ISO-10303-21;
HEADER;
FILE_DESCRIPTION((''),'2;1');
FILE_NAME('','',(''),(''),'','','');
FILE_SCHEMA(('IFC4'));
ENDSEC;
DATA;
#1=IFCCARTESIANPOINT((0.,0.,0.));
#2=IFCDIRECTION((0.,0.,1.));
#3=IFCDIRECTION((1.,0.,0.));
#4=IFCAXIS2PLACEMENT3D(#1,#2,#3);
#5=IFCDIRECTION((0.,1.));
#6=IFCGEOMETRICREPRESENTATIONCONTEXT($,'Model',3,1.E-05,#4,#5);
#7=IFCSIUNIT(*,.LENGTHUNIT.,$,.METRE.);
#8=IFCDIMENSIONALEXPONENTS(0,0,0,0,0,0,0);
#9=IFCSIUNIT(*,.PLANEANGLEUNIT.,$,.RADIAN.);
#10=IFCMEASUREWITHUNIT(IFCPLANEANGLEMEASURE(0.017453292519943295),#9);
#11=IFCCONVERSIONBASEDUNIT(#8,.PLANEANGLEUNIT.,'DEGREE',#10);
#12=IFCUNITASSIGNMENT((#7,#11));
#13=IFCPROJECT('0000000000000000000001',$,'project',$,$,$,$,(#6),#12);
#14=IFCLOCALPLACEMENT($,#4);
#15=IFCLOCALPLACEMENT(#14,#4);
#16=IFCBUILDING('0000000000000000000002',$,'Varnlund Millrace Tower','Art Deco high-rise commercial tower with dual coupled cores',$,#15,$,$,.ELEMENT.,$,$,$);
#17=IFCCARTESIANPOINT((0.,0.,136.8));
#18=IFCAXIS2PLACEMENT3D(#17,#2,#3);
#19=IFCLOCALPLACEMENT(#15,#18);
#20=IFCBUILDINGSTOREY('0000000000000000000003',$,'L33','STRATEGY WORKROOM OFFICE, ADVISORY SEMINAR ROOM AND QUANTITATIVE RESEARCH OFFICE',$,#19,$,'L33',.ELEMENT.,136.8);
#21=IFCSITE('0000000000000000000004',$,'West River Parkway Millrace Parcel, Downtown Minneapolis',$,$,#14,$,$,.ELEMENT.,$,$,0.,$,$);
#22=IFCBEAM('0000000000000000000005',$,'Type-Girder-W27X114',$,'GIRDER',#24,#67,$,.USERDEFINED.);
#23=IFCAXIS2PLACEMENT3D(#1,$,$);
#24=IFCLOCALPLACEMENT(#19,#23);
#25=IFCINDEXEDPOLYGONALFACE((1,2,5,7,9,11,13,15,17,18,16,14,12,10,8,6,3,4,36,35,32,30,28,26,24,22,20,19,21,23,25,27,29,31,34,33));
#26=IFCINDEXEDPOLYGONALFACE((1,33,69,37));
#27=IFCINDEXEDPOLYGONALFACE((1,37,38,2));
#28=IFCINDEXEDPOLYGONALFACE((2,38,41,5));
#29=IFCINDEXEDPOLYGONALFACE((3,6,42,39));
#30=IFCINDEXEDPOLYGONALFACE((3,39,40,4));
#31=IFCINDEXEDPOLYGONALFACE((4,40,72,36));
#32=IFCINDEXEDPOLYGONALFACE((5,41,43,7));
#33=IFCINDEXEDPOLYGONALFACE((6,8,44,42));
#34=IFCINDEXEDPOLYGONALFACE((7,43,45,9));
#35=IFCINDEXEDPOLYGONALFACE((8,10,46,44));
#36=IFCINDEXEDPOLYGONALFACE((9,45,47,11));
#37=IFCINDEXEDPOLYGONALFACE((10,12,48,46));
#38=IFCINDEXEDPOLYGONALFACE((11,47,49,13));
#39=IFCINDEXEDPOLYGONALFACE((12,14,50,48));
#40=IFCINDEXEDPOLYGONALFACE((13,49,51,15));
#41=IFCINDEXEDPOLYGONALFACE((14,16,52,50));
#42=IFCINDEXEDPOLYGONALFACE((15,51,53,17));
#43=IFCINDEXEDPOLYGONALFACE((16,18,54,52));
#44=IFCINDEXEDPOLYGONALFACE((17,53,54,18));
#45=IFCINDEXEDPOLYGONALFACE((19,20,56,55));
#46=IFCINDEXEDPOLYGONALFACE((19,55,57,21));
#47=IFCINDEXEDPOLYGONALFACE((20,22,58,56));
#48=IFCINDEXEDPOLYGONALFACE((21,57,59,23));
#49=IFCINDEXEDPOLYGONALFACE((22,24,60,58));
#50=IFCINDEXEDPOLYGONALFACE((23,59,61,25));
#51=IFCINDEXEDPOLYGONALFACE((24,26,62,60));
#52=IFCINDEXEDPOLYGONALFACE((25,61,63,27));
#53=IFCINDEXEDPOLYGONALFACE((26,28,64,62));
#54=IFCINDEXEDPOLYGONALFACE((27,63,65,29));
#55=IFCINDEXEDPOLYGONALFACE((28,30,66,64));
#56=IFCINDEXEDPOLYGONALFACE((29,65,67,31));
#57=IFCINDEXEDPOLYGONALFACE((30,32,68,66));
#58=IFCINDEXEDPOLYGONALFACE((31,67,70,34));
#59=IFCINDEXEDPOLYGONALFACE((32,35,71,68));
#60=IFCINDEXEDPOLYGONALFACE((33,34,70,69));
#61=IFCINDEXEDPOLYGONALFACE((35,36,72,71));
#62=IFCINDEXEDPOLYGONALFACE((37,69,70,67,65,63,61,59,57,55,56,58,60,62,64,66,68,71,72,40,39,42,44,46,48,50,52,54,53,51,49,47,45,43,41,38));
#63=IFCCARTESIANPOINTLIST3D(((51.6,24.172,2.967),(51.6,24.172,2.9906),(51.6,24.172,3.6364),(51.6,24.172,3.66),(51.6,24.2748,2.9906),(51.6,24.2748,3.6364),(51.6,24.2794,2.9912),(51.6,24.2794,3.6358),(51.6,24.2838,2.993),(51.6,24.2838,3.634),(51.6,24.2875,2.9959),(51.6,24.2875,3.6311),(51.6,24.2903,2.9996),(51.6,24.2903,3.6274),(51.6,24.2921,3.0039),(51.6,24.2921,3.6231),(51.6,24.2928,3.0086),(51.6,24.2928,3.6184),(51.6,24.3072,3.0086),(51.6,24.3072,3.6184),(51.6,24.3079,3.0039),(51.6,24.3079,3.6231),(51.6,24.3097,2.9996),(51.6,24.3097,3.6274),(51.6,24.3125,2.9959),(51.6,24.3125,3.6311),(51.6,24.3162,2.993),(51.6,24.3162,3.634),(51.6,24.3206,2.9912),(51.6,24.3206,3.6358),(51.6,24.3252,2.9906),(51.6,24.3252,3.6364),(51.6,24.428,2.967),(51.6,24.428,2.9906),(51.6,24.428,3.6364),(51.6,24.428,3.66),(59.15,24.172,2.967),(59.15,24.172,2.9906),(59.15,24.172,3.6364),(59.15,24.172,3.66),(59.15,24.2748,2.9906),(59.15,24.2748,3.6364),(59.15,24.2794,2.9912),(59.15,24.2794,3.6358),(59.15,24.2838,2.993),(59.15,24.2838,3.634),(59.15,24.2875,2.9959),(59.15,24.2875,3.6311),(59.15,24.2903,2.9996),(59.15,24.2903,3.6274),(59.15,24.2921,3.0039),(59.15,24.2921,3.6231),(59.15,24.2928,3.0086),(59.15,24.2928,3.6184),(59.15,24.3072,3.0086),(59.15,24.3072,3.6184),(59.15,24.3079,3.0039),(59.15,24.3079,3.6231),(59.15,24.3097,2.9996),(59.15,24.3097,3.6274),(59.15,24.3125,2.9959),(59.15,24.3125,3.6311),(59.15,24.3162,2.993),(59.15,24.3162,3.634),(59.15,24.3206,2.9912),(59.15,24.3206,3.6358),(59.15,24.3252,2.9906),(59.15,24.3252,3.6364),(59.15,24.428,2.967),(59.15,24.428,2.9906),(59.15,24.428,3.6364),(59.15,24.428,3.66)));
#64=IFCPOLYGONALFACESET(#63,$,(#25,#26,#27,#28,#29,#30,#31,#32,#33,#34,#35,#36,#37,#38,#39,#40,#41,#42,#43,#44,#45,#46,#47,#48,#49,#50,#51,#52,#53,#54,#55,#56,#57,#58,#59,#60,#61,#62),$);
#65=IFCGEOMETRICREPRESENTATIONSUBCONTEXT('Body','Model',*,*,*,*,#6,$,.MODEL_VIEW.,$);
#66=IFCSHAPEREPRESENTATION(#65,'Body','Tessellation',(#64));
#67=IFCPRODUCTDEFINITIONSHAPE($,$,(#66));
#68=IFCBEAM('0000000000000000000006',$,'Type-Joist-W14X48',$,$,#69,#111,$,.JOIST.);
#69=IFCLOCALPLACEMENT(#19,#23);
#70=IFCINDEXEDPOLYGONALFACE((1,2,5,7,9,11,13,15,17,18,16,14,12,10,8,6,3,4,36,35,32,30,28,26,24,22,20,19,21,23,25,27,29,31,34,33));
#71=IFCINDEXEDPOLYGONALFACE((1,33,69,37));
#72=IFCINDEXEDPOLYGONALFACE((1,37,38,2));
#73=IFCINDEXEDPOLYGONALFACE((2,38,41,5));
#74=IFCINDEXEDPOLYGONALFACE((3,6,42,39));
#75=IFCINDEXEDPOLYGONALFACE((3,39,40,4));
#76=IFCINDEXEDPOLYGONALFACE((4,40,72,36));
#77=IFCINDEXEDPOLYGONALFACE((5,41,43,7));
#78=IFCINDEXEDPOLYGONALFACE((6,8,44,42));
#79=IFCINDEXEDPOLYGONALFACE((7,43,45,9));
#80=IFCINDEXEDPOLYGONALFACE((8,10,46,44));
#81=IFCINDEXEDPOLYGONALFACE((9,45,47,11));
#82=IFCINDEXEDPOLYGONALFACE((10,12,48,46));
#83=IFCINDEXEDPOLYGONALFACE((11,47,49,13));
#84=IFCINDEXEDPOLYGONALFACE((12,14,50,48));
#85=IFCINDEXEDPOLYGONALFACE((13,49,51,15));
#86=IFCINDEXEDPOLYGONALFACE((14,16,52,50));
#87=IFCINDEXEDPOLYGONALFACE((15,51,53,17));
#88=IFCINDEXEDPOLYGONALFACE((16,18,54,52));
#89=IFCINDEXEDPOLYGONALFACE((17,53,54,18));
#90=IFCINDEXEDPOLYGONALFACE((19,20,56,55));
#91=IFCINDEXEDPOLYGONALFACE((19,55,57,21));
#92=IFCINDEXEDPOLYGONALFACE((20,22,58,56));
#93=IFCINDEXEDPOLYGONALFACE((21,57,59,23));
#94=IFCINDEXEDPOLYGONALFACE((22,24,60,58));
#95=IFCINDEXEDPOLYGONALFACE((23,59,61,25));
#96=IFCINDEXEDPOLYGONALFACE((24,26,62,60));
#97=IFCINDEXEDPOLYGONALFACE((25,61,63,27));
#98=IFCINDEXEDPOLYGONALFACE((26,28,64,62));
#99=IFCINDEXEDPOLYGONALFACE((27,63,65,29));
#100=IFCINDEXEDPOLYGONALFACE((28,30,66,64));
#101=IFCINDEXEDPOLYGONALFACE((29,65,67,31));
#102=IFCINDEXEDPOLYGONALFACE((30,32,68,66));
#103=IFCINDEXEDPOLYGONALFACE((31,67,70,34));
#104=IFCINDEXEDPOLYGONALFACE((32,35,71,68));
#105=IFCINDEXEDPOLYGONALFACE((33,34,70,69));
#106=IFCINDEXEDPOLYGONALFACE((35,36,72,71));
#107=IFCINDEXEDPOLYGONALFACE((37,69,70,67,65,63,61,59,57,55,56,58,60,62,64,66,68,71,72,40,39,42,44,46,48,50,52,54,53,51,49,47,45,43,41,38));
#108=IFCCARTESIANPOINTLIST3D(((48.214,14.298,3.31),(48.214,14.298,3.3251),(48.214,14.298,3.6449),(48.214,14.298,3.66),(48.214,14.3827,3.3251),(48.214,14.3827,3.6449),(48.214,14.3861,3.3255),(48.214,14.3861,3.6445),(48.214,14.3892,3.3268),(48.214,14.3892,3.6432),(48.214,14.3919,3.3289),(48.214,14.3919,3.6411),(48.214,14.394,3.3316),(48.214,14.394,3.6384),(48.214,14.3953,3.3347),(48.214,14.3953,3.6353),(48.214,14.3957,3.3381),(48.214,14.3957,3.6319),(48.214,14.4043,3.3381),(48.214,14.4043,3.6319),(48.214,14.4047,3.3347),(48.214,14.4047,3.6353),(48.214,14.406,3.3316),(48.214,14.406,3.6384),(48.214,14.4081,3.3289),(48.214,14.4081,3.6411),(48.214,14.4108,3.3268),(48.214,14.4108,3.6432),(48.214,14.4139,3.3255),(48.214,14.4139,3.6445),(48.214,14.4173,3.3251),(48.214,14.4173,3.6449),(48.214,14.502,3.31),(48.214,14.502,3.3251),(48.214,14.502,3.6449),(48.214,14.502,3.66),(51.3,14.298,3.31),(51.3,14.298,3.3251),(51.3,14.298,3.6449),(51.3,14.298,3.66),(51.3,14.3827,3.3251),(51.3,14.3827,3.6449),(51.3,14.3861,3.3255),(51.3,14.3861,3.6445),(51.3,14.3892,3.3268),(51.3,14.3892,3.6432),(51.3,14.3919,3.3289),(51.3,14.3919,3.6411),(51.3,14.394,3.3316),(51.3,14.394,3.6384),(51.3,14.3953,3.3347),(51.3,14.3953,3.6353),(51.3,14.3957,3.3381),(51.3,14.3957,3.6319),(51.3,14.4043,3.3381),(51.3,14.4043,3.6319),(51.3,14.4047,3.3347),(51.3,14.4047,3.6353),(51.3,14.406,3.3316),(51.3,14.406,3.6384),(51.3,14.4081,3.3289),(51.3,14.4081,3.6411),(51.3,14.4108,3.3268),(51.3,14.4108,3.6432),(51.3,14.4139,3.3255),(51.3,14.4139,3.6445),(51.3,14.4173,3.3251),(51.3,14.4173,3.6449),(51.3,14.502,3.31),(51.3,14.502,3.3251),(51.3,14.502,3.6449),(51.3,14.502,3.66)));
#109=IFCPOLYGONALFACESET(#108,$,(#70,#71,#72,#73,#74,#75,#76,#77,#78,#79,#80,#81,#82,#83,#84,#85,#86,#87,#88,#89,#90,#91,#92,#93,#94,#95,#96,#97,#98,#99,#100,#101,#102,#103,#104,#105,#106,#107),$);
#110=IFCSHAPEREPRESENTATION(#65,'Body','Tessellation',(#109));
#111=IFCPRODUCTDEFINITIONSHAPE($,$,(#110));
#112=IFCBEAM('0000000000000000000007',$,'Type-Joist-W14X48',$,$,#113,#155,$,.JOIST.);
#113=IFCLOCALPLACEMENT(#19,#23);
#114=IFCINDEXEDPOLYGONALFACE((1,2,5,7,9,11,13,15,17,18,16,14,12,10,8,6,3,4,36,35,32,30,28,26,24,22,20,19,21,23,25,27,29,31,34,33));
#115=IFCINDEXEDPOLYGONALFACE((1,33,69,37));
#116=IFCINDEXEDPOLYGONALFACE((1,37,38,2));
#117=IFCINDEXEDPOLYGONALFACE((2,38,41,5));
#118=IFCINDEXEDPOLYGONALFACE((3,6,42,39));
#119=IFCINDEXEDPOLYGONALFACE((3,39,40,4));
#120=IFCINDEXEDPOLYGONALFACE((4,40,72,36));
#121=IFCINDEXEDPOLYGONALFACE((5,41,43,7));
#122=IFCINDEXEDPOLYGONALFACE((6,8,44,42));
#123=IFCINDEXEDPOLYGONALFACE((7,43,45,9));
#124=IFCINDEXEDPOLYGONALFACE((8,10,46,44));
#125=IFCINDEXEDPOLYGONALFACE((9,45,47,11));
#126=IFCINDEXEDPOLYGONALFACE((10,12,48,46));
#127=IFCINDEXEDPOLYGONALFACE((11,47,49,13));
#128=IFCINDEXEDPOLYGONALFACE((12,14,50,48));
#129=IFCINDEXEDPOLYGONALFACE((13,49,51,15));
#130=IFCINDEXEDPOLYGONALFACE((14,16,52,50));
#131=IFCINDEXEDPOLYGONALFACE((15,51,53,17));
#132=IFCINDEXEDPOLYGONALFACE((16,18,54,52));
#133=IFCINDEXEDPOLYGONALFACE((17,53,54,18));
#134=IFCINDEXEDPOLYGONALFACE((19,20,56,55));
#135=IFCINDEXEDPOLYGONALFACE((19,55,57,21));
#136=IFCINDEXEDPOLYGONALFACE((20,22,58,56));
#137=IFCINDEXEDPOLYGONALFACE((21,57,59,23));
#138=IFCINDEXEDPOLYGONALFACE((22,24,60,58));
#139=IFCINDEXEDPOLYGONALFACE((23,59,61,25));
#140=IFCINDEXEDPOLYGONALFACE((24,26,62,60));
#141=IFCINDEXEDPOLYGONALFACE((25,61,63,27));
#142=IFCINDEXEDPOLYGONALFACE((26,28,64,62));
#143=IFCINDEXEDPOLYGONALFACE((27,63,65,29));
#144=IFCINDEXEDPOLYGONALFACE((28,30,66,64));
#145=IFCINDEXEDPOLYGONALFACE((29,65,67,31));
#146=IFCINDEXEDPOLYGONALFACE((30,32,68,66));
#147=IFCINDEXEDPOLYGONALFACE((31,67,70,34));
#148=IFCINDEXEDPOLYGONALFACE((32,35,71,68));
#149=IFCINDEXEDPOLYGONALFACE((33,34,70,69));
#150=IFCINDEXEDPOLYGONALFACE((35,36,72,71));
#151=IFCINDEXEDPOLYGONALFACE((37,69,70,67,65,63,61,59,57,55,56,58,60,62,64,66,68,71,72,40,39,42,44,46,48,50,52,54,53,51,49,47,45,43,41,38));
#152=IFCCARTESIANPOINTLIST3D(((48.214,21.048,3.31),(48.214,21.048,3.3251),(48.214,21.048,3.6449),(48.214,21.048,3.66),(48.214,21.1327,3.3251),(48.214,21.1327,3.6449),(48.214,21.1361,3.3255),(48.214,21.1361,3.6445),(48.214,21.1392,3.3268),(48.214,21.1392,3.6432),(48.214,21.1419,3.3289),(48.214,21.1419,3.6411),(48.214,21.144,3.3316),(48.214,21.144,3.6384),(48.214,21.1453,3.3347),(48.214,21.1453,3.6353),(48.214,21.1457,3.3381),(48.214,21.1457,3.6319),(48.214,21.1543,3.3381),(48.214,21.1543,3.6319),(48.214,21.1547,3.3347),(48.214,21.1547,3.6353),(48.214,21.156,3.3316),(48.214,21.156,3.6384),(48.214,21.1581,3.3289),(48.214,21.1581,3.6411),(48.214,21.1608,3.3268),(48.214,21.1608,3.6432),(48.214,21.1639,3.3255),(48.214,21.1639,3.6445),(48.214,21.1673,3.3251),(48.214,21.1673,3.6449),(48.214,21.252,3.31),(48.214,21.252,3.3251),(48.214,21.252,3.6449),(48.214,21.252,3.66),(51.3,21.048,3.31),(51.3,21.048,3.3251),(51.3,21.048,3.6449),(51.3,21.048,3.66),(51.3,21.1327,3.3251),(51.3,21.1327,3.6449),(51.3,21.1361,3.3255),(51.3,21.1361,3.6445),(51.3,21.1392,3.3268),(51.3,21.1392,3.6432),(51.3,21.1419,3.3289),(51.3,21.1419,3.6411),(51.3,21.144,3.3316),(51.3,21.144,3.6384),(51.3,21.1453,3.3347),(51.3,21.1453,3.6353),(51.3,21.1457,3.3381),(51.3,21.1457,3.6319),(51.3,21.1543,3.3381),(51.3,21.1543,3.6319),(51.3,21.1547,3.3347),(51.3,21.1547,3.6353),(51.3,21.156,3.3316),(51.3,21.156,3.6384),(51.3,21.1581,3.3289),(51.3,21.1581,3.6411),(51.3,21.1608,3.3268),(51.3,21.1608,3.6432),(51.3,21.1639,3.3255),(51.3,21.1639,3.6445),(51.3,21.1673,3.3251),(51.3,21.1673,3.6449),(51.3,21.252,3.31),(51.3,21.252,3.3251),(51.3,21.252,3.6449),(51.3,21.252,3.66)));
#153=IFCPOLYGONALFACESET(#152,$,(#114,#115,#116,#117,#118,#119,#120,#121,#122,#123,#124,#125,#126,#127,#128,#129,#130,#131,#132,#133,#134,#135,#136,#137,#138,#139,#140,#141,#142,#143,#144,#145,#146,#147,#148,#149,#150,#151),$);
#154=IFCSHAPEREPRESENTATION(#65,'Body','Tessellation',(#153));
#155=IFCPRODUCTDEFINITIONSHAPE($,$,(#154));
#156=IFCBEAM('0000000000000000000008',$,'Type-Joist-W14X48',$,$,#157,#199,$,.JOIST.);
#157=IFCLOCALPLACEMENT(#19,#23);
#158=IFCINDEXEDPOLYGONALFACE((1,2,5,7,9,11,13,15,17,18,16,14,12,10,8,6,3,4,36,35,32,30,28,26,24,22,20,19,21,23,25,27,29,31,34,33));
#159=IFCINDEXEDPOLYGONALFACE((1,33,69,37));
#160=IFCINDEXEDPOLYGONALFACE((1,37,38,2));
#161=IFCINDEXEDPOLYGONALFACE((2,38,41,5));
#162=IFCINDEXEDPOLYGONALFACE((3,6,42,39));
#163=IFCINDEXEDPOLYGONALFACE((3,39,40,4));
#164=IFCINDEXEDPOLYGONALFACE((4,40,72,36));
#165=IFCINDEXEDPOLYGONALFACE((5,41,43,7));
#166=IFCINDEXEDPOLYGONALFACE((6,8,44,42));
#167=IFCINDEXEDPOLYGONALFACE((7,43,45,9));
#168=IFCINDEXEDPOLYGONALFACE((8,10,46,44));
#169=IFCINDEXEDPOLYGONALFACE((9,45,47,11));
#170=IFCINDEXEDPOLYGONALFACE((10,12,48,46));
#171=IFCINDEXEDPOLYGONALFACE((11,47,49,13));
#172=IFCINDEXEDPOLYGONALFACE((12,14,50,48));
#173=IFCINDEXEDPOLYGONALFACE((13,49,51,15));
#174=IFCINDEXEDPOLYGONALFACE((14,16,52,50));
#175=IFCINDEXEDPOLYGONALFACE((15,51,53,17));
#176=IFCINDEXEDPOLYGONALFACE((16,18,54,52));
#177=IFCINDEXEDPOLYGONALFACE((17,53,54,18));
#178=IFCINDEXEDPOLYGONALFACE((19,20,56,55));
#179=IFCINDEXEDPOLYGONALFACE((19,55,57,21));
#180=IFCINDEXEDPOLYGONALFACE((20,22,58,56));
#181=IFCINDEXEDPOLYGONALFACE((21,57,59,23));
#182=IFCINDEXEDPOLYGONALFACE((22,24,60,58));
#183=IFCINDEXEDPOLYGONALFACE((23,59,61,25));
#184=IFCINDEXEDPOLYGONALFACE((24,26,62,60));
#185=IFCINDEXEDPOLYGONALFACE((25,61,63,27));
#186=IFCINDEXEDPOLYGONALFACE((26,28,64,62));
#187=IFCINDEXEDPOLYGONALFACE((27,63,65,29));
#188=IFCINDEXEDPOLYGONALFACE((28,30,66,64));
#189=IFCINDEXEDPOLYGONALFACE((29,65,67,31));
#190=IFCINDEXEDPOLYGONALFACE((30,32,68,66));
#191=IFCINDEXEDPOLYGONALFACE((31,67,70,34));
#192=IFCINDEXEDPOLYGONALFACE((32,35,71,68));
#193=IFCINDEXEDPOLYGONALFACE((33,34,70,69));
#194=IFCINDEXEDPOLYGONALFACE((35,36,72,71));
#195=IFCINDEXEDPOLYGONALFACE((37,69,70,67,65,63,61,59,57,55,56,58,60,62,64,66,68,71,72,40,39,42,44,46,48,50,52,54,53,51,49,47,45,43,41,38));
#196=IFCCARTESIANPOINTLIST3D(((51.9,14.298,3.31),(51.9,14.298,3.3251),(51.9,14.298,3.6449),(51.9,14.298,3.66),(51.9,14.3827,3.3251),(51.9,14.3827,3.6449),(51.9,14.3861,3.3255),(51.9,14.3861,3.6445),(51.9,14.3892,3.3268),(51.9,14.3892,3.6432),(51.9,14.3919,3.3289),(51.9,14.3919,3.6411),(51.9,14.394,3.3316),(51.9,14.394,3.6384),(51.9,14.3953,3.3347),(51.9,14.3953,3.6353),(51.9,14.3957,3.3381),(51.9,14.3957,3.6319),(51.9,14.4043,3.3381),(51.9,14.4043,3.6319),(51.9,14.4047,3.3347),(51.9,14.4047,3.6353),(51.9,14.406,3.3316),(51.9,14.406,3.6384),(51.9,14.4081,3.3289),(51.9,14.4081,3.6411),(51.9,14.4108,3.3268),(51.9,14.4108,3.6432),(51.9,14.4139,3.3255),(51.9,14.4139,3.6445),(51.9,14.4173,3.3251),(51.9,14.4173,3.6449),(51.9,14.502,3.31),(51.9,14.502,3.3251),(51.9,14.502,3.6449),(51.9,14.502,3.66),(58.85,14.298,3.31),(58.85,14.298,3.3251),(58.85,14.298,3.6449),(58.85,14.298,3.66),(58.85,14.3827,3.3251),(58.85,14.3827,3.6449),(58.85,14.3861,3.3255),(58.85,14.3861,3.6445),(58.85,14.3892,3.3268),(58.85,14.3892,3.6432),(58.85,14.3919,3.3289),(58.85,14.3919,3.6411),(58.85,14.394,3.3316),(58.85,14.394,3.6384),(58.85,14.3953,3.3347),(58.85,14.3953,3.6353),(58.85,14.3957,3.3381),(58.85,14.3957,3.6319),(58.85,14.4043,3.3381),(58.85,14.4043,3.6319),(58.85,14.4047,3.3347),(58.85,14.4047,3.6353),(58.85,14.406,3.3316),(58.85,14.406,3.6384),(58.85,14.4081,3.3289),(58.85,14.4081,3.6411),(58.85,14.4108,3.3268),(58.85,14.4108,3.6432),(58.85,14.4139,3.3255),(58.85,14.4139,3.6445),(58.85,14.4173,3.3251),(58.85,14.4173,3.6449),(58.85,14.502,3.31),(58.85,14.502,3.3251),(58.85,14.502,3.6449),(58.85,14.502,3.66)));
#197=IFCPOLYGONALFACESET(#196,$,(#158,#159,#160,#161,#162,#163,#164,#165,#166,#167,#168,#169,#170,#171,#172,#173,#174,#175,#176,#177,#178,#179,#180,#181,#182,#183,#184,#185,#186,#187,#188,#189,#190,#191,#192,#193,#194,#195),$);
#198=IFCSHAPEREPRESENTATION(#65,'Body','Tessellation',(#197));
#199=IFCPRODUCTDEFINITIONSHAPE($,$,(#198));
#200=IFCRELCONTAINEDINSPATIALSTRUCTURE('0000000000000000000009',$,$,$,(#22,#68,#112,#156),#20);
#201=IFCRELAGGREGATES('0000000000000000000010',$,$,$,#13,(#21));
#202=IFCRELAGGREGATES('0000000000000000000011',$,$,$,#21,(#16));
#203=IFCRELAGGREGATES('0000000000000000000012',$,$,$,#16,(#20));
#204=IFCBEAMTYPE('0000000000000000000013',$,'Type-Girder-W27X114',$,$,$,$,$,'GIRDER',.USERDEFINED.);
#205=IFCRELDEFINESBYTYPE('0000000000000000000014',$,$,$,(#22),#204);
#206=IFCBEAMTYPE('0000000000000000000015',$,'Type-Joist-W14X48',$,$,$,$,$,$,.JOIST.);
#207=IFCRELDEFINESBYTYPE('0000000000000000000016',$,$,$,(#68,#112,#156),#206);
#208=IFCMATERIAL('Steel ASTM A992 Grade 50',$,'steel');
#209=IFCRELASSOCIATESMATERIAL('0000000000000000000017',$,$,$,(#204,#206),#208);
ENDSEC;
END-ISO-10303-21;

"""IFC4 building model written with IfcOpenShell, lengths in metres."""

from ifc_helpers import new_model, entity, si_unit, converted_unit, direction, frame, origin_with_axes, origin_2d_with_axis, place, context, subcontext, project, spatial, i_section, extrude, material, material_profile, profile_set, type_object, element, save


model = new_model("IFC4")

# Units and contexts
model_context = context("Model", 3, precision=1e-05, world=origin_with_axes(), true_north=direction((0.0, 1.0)))
body_context = subcontext(model_context, "Body", "Model", "MODEL_VIEW")
ifc_project = project(units=[si_unit("LENGTHUNIT", "METRE"), converted_unit("PLANEANGLEUNIT", "DEGREE", entity("IfcPlaneAngleMeasure", 0.017453292519943295), si_unit("PLANEANGLEUNIT", "RADIAN"), dimensions=[0, 0, 0, 0, 0, 0, 0])], contexts=[model_context])

# Site, building, storey
site_placement = place(None, origin_with_axes())
site = spatial("IfcSite", under=ifc_project, at=site_placement, Name="West River Parkway Millrace Parcel, Downtown Minneapolis", CompositionType="ELEMENT", RefElevation=0.0)
building_placement = place(site_placement, origin_with_axes())
building = spatial("IfcBuilding", under=site, at=building_placement, Name="Varnlund Millrace Tower", Description="Art Deco high-rise commercial tower with dual coupled cores", CompositionType="ELEMENT")
storey_placement = place(building_placement, frame((0.0, 0.0, 136.8), z_axis=(0.0, 0.0, 1.0), x_axis=(1.0, 0.0, 0.0)))
storey = spatial("IfcBuildingStorey", under=building, at=storey_placement, Name="L33", Description="STRATEGY WORKROOM OFFICE, ADVISORY SEMINAR ROOM AND QUANTITATIVE RESEARCH OFFICE", LongName="L33", CompositionType="ELEMENT", Elevation=136.8)

# Beams
ifc_material_1 = material(Name="Steel ASTM A992 Grade 50", Category="steel")
ifc_material_profile_1 = material_profile(ifc_material_1, i_section(OverallWidth=0.256, OverallDepth=0.693, WebThickness=0.0145, FlangeThickness=0.0236, FilletRadius=0.018, at=origin_2d_with_axis()), Name="Steel ASTM A992 Grade 50")
ifc_profile_set_1 = profile_set([ifc_material_profile_1], Name="Steel ASTM A992 Grade 50")
beam_type_1 = type_object("IfcBeamType", Name="Type-Girder-W27X114", ElementType="GIRDER", PredefinedType="USERDEFINED", material=ifc_profile_set_1)
beam_1_placement = place(storey_placement, frame((51.6, 24.3, 3.3135), z_axis=(1.0, 0.0, 0.0), x_axis=(0.0, 1.0, 0.0)))
element("IfcBeam", 1, at=beam_1_placement, inside=storey, type_object=beam_type_1, Name="Type-Girder-W27X114", ObjectType="GIRDER", PredefinedType="USERDEFINED", context=body_context, shape_type="SweptSolid", body=[
    extrude(i_section(OverallWidth=0.256, OverallDepth=0.693, WebThickness=0.0145, FlangeThickness=0.0236, FilletRadius=0.018, at=origin_2d_with_axis()), origin_with_axes(), (0.0, 0.0, 1.0), 7.55),
])
ifc_material_profile_2 = material_profile(ifc_material_1, i_section(OverallWidth=0.204, OverallDepth=0.35, WebThickness=0.0086, FlangeThickness=0.0151, FilletRadius=0.013, at=origin_2d_with_axis()), Name="Steel ASTM A992 Grade 50")
ifc_profile_set_2 = profile_set([ifc_material_profile_2], Name="Steel ASTM A992 Grade 50")
beam_type_2 = type_object("IfcBeamType", Name="Type-Joist-W14X48", PredefinedType="JOIST", material=ifc_profile_set_2)
for number, where, z_axis, x_axis, name in (
    (2, (48.214, 14.4, 3.485), (1.0, 0.0, 0.0), (0.0, 1.0, 0.0), "Type-Joist-W14X48"),
    (3, (48.214, 21.15, 3.485), (1.0, 0.0, 0.0), (0.0, 1.0, 0.0), "Type-Joist-W14X48"),
):
    element("IfcBeam", number, at=place(storey_placement, frame(where, z_axis=z_axis, x_axis=x_axis)), inside=storey, type_object=beam_type_2, Name=name, PredefinedType="JOIST", context=body_context, shape_type="SweptSolid", body=[
        extrude(i_section(OverallWidth=0.204, OverallDepth=0.35, WebThickness=0.0086, FlangeThickness=0.0151, FilletRadius=0.013, at=origin_2d_with_axis()), origin_with_axes(), (0.0, 0.0, 1.0), 3.086),
    ])
for number, where, z_axis, x_axis, name in (
    (4, (51.9, 14.4, 3.485), (1.0, 0.0, 0.0), (0.0, 1.0, 0.0), "Type-Joist-W14X48"),
):
    element("IfcBeam", number, at=place(storey_placement, frame(where, z_axis=z_axis, x_axis=x_axis)), inside=storey, type_object=beam_type_2, Name=name, PredefinedType="JOIST", context=body_context, shape_type="SweptSolid", body=[
        extrude(i_section(OverallWidth=0.204, OverallDepth=0.35, WebThickness=0.0086, FlangeThickness=0.0151, FilletRadius=0.013, at=origin_2d_with_axis()), origin_with_axes(), (0.0, 0.0, 1.0), 6.95),
    ])

save(model, "model.ifc")
